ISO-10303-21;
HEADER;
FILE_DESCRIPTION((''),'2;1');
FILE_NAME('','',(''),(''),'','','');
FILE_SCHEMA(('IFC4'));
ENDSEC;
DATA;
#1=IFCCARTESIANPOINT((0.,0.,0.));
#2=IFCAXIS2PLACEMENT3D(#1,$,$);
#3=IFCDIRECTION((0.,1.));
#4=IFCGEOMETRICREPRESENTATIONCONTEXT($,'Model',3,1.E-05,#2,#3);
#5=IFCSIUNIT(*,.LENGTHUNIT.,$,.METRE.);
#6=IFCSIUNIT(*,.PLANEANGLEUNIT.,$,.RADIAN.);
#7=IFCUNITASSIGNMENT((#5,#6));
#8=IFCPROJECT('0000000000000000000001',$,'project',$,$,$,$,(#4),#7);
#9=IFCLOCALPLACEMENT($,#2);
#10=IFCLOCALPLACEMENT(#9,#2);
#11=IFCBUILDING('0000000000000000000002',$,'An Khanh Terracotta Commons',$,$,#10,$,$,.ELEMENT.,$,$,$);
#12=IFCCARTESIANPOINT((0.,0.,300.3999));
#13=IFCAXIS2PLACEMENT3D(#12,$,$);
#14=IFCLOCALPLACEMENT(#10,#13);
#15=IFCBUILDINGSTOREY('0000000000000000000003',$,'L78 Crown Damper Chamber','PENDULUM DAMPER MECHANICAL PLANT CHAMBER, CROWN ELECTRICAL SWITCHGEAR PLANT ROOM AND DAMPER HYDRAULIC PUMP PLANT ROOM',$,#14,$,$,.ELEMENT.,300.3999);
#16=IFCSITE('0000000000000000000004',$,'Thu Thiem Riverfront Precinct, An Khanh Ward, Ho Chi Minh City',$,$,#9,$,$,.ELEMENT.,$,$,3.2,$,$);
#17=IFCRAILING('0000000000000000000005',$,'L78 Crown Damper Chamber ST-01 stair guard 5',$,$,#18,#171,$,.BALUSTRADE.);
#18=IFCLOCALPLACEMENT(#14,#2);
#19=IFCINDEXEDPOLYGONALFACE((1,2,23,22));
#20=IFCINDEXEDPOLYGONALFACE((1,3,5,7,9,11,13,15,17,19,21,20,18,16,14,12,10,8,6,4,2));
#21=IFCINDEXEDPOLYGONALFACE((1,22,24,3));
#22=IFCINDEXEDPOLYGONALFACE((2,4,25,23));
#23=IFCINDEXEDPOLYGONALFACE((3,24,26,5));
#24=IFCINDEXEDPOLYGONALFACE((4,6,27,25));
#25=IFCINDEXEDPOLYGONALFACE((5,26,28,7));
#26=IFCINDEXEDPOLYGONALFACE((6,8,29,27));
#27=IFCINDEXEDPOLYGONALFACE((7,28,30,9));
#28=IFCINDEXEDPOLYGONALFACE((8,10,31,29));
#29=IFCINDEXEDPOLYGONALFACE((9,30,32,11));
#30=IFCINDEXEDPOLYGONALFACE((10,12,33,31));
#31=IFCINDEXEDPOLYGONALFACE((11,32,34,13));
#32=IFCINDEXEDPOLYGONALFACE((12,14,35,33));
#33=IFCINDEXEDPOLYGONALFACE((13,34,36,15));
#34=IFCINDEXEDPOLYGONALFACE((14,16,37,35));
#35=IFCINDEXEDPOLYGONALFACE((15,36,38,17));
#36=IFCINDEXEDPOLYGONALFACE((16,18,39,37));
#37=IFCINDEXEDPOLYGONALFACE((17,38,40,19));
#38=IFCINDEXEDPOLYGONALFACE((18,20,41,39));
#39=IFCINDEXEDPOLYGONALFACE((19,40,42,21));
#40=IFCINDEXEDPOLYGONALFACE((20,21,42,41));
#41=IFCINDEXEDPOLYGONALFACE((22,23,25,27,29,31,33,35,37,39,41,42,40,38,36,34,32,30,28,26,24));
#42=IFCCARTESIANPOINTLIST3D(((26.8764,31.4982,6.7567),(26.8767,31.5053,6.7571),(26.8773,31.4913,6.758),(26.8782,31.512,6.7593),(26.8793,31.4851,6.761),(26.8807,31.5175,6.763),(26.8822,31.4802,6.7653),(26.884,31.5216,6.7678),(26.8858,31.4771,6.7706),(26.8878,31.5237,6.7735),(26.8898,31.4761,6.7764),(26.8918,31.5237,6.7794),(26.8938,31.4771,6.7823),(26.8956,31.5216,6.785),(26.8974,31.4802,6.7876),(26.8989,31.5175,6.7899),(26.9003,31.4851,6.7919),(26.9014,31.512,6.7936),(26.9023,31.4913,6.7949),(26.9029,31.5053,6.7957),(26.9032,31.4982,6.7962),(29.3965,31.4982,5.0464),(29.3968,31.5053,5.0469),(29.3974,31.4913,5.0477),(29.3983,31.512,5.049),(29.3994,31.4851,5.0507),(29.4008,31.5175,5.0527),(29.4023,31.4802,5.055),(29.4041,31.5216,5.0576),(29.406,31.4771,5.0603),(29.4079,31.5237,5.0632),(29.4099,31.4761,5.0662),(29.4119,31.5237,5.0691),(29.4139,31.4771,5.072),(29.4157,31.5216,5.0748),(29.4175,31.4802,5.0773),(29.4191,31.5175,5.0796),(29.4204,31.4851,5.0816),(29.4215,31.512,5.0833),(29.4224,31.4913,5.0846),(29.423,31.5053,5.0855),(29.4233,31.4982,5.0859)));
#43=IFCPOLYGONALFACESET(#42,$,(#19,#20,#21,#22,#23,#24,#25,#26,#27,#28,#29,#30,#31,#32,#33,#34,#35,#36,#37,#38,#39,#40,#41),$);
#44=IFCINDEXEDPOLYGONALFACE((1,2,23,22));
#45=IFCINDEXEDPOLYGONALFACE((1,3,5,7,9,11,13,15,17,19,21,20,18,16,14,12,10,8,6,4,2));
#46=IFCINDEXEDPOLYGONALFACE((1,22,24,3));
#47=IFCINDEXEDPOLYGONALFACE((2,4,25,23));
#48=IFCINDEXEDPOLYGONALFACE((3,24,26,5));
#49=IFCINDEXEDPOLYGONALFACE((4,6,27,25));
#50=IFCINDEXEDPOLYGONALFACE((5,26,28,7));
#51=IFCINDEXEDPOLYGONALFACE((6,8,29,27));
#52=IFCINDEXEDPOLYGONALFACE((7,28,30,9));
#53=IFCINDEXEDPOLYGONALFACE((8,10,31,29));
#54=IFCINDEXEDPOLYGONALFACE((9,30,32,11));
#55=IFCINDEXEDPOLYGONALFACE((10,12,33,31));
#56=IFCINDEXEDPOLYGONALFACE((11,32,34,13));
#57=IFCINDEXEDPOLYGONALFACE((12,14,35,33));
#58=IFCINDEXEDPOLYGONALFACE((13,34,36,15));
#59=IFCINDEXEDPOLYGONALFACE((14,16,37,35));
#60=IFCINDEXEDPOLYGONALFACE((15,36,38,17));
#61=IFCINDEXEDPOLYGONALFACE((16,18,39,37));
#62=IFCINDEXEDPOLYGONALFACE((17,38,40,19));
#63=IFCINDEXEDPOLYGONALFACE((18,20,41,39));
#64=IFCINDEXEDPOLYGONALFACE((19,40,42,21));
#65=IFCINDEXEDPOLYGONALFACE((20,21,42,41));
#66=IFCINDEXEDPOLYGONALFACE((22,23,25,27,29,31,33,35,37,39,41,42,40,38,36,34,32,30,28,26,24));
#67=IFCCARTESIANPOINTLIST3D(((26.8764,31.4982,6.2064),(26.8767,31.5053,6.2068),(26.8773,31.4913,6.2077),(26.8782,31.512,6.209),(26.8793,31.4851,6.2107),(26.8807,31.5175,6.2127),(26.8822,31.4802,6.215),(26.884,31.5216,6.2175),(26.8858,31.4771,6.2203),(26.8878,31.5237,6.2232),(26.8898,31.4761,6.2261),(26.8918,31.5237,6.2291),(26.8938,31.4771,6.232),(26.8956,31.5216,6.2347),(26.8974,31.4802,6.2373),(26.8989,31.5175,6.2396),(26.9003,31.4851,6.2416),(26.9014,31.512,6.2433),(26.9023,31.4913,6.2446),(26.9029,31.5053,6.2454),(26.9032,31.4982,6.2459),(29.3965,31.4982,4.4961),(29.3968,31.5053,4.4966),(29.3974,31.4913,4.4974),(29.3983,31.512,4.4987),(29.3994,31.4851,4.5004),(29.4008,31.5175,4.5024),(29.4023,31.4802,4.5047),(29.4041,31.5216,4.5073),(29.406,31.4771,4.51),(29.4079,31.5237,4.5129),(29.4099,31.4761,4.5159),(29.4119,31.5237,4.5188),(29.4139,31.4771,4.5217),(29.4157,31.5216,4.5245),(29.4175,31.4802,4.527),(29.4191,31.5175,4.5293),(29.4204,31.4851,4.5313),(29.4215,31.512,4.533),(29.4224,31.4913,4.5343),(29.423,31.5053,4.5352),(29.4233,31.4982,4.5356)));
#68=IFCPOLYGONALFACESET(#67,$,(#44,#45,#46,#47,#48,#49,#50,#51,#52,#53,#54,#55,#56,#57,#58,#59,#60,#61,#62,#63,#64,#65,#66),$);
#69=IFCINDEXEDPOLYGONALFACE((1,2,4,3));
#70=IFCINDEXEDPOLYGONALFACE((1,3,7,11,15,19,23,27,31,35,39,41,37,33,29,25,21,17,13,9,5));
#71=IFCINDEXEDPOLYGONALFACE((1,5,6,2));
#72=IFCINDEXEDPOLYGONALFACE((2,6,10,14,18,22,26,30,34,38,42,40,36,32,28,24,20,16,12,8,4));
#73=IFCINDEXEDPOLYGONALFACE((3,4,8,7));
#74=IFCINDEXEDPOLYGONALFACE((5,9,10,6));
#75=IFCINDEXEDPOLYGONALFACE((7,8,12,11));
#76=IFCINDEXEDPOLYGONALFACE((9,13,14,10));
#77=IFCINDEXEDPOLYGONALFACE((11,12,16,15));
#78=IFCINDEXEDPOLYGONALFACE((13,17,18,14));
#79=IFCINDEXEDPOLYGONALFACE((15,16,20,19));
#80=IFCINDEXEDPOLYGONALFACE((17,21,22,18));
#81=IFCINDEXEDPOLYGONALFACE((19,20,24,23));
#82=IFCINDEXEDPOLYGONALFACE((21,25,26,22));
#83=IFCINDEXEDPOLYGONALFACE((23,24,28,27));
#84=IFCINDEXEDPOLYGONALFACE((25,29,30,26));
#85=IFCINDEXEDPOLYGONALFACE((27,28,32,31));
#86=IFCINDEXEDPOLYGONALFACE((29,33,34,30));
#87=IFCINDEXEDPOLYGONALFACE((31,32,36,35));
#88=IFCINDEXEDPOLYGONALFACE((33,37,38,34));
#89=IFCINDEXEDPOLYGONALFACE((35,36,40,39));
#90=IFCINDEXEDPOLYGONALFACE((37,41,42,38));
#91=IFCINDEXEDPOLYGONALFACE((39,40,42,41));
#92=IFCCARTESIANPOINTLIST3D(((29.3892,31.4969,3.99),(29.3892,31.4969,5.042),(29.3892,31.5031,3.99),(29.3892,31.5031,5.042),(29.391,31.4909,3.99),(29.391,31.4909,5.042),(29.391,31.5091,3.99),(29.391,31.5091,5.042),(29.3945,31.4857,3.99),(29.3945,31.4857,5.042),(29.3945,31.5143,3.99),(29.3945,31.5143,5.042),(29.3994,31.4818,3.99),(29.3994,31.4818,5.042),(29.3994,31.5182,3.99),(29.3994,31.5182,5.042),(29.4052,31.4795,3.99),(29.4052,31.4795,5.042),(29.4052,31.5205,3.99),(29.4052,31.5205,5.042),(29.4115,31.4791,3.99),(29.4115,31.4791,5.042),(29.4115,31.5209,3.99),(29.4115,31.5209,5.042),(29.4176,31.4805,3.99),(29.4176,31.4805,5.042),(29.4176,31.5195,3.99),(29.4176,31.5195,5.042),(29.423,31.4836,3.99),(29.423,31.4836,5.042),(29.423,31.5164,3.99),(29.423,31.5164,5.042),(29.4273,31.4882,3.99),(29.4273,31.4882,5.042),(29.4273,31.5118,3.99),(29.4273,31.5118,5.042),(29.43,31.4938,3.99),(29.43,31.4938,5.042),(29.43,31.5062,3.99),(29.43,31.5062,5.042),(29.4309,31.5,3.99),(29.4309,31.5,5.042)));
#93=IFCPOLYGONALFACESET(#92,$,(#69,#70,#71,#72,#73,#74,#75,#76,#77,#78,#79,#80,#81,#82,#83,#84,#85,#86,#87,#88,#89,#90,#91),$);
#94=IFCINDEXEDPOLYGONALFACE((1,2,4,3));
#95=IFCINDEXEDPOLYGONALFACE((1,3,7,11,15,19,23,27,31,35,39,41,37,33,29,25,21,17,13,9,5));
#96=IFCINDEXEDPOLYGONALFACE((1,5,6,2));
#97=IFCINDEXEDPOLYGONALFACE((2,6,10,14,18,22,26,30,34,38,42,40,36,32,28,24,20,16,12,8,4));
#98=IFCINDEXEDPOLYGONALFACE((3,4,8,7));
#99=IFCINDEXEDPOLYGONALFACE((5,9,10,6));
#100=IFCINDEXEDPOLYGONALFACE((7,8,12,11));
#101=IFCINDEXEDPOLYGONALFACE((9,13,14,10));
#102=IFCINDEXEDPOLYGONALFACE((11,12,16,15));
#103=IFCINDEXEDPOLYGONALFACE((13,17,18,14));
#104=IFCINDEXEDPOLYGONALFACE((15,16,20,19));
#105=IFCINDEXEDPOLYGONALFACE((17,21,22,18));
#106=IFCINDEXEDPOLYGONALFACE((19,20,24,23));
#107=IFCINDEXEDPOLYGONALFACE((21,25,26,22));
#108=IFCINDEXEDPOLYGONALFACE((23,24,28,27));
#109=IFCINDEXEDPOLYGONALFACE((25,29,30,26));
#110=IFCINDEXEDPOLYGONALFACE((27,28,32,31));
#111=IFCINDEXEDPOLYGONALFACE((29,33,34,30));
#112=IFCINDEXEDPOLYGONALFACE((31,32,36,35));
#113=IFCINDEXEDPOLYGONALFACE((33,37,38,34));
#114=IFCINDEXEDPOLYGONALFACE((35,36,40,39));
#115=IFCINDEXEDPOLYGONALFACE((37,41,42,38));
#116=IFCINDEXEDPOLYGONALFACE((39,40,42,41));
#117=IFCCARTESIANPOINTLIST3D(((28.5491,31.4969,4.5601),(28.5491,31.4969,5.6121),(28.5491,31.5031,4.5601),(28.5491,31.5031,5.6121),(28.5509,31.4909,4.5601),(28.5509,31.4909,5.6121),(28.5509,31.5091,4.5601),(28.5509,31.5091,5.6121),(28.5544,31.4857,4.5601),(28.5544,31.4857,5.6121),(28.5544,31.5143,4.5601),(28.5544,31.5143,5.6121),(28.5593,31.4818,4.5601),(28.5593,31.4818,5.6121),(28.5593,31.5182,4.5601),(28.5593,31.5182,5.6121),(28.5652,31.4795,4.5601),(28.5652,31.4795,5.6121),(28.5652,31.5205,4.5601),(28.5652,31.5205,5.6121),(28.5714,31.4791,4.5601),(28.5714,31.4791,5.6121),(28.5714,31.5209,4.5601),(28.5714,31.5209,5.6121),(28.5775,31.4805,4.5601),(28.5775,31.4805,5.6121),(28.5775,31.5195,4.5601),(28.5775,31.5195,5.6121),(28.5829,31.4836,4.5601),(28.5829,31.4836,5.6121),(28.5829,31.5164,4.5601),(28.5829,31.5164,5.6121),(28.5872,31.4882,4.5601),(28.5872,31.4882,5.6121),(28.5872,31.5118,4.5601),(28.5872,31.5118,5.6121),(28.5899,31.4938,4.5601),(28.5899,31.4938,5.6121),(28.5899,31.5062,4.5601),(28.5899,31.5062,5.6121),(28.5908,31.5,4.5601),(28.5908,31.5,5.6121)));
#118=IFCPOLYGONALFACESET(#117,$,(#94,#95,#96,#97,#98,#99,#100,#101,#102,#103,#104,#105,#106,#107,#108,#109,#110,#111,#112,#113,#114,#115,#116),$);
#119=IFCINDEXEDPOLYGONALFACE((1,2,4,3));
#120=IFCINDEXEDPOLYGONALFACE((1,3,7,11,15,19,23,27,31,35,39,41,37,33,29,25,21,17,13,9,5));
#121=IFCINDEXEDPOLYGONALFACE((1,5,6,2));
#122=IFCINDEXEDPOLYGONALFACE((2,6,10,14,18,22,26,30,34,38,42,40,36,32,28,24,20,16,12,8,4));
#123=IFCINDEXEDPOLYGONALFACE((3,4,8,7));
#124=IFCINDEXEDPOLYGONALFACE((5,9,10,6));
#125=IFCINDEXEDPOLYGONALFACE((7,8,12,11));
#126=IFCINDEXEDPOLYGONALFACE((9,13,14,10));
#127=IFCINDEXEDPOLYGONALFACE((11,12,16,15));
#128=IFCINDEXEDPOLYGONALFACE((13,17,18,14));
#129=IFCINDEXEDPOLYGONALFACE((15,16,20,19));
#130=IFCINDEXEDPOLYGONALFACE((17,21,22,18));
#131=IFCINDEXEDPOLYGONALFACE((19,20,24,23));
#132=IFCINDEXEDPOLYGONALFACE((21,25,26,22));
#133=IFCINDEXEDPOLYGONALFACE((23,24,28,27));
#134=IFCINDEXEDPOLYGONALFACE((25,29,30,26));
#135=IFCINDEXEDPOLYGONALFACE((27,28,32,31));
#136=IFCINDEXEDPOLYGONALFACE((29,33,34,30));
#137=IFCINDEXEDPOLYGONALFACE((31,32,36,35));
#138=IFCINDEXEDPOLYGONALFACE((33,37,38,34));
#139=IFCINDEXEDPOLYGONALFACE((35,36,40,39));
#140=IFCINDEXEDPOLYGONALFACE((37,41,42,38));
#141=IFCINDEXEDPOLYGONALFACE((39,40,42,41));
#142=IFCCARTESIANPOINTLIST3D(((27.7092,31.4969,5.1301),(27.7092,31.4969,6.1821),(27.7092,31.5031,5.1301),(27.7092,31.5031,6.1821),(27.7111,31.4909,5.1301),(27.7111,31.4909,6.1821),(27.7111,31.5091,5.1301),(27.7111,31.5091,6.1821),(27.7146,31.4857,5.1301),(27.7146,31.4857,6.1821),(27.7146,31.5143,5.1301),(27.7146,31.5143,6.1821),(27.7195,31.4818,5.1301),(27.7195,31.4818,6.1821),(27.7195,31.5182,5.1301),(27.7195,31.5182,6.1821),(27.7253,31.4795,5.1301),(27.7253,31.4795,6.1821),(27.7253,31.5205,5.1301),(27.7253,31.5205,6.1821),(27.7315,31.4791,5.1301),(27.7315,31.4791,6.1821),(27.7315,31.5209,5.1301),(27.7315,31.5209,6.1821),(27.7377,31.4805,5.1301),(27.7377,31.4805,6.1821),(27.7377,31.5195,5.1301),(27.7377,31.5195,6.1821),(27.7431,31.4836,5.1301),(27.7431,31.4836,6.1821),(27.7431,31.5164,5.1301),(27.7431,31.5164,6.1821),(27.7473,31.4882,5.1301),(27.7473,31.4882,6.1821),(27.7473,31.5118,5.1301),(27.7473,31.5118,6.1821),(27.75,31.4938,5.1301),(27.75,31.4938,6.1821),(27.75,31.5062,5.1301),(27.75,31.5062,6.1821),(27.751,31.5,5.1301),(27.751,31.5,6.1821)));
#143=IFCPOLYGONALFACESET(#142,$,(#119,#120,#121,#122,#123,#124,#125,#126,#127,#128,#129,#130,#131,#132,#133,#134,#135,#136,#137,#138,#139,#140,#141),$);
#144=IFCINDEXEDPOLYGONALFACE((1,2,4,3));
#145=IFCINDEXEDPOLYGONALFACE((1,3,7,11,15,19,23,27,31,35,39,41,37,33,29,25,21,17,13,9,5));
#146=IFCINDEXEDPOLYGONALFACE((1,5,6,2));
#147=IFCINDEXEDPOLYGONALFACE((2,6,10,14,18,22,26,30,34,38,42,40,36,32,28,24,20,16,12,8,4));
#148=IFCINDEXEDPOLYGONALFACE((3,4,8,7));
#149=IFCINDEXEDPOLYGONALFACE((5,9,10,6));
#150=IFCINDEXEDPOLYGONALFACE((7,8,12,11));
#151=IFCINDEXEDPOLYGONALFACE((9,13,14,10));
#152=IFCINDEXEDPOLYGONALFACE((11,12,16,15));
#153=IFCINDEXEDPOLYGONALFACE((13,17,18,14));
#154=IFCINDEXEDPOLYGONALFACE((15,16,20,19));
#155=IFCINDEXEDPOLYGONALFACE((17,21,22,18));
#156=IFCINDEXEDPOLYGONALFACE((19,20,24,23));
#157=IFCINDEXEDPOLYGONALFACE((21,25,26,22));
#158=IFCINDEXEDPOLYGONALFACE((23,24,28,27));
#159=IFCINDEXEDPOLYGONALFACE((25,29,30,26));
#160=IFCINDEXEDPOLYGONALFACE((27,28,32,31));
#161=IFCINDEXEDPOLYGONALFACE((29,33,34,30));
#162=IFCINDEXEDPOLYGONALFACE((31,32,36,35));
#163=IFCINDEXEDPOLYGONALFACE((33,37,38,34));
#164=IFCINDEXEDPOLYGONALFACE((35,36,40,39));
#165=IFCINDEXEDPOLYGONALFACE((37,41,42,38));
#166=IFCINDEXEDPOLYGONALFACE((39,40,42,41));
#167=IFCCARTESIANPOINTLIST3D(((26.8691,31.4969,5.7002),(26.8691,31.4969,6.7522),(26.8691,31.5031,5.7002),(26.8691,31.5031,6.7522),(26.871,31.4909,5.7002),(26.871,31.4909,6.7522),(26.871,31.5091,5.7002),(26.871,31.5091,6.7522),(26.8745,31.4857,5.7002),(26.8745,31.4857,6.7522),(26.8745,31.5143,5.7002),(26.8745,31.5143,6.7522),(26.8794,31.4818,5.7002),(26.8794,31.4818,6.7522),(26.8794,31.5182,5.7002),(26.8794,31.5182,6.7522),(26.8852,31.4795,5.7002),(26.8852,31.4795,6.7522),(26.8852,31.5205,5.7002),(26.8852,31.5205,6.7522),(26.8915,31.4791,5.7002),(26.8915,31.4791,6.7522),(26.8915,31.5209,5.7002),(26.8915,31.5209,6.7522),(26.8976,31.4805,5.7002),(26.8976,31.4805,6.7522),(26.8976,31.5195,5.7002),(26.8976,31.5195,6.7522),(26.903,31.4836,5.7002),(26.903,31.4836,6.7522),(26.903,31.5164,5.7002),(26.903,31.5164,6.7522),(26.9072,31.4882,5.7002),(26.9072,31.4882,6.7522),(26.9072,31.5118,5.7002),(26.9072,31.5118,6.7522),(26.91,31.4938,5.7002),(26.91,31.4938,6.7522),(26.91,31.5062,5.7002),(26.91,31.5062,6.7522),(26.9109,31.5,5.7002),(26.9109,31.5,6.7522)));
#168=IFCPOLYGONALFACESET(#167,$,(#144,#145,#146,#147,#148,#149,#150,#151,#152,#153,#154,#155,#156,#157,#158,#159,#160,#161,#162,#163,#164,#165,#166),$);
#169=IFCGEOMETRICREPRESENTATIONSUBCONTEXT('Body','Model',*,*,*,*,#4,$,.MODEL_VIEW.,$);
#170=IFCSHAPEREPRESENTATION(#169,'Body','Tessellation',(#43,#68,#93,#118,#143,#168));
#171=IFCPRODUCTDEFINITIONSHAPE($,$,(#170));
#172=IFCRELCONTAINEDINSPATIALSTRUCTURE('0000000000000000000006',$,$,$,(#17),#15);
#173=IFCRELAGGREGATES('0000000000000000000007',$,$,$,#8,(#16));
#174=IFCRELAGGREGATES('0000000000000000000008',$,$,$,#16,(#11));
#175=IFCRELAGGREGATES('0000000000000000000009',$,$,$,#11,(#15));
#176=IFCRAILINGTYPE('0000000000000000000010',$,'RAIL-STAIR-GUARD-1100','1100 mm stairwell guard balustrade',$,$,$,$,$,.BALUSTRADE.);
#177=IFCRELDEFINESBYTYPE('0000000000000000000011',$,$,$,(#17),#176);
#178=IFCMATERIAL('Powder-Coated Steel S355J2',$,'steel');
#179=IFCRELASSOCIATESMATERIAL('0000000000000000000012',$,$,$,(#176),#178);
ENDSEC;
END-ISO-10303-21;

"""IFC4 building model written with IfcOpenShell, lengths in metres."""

from ifc_helpers import new_model, si_unit, direction, frame, origin, origin_2d, place, context, subcontext, project, spatial, circle, extrude, material, type_object, element, save


model = new_model("IFC4")

# Units and contexts
model_context = context("Model", 3, precision=1e-05, world=origin(), true_north=direction((0.0, 1.0)))
body_context = subcontext(model_context, "Body", "Model", "MODEL_VIEW")
ifc_project = project(units=[si_unit("LENGTHUNIT", "METRE"), si_unit("PLANEANGLEUNIT", "RADIAN")], contexts=[model_context])

# Site, building, storey
site_placement = place(None, origin())
site = spatial("IfcSite", under=ifc_project, at=site_placement, Name="Thu Thiem Riverfront Precinct, An Khanh Ward, Ho Chi Minh City", CompositionType="ELEMENT", RefElevation=3.2)
building_placement = place(site_placement, origin())
building = spatial("IfcBuilding", under=site, at=building_placement, Name="An Khanh Terracotta Commons", CompositionType="ELEMENT")
storey_placement = place(building_placement, frame((0.0, 0.0, 300.3999)))
storey = spatial("IfcBuildingStorey", under=building, at=storey_placement, Name="L78 Crown Damper Chamber", Description="PENDULUM DAMPER MECHANICAL PLANT CHAMBER, CROWN ELECTRICAL SWITCHGEAR PLANT ROOM AND DAMPER HYDRAULIC PUMP PLANT ROOM", CompositionType="ELEMENT", Elevation=300.3999)

# Railing
ifc_material_1 = material(Name="Powder-Coated Steel S355J2", Category="steel")
railing_type = type_object("IfcRailingType", Name="RAIL-STAIR-GUARD-1100", Description="1100 mm stairwell guard balustrade", PredefinedType="BALUSTRADE", material=ifc_material_1)
railing_1_placement = place(storey_placement, frame((29.4099, 31.5, 3.99)))
element("IfcRailing", 1, at=railing_1_placement, inside=storey, type_object=railing_type, Name="L78 Crown Damper Chamber ST-01 stair guard 5", PredefinedType="BALUSTRADE", context=body_context, shape_type="SweptSolid", body=[
    extrude(circle(Radius=0.0239, at=origin_2d()), frame((0.0, 0.0, 1.0762), z_axis=(-0.827447, 0.0, 0.561545), x_axis=(0.0, -1.0, 0.0)), (0.0, 0.0, 1.0), 3.0457),
    extrude(circle(Radius=0.0239, at=origin_2d()), frame((0.0, 0.0, 0.5259), z_axis=(-0.827447, 0.0, 0.561545), x_axis=(0.0, -1.0, 0.0)), (0.0, 0.0, 1.0), 3.0457),
    extrude(circle(Radius=0.021, at=origin_2d()), origin(), (0.0, 0.0, 1.0), 1.052),
    extrude(circle(Radius=0.021, at=origin_2d()), frame((-0.8401, 0.0, 0.5701)), (0.0, 0.0, 1.0), 1.052),
    extrude(circle(Radius=0.021, at=origin_2d()), frame((-1.6799, 0.0, 1.1401)), (0.0, 0.0, 1.0), 1.052),
    extrude(circle(Radius=0.021, at=origin_2d()), frame((-2.52, 0.0, 1.7102)), (0.0, 0.0, 1.0), 1.052),
])

save(model, "model.ifc")
